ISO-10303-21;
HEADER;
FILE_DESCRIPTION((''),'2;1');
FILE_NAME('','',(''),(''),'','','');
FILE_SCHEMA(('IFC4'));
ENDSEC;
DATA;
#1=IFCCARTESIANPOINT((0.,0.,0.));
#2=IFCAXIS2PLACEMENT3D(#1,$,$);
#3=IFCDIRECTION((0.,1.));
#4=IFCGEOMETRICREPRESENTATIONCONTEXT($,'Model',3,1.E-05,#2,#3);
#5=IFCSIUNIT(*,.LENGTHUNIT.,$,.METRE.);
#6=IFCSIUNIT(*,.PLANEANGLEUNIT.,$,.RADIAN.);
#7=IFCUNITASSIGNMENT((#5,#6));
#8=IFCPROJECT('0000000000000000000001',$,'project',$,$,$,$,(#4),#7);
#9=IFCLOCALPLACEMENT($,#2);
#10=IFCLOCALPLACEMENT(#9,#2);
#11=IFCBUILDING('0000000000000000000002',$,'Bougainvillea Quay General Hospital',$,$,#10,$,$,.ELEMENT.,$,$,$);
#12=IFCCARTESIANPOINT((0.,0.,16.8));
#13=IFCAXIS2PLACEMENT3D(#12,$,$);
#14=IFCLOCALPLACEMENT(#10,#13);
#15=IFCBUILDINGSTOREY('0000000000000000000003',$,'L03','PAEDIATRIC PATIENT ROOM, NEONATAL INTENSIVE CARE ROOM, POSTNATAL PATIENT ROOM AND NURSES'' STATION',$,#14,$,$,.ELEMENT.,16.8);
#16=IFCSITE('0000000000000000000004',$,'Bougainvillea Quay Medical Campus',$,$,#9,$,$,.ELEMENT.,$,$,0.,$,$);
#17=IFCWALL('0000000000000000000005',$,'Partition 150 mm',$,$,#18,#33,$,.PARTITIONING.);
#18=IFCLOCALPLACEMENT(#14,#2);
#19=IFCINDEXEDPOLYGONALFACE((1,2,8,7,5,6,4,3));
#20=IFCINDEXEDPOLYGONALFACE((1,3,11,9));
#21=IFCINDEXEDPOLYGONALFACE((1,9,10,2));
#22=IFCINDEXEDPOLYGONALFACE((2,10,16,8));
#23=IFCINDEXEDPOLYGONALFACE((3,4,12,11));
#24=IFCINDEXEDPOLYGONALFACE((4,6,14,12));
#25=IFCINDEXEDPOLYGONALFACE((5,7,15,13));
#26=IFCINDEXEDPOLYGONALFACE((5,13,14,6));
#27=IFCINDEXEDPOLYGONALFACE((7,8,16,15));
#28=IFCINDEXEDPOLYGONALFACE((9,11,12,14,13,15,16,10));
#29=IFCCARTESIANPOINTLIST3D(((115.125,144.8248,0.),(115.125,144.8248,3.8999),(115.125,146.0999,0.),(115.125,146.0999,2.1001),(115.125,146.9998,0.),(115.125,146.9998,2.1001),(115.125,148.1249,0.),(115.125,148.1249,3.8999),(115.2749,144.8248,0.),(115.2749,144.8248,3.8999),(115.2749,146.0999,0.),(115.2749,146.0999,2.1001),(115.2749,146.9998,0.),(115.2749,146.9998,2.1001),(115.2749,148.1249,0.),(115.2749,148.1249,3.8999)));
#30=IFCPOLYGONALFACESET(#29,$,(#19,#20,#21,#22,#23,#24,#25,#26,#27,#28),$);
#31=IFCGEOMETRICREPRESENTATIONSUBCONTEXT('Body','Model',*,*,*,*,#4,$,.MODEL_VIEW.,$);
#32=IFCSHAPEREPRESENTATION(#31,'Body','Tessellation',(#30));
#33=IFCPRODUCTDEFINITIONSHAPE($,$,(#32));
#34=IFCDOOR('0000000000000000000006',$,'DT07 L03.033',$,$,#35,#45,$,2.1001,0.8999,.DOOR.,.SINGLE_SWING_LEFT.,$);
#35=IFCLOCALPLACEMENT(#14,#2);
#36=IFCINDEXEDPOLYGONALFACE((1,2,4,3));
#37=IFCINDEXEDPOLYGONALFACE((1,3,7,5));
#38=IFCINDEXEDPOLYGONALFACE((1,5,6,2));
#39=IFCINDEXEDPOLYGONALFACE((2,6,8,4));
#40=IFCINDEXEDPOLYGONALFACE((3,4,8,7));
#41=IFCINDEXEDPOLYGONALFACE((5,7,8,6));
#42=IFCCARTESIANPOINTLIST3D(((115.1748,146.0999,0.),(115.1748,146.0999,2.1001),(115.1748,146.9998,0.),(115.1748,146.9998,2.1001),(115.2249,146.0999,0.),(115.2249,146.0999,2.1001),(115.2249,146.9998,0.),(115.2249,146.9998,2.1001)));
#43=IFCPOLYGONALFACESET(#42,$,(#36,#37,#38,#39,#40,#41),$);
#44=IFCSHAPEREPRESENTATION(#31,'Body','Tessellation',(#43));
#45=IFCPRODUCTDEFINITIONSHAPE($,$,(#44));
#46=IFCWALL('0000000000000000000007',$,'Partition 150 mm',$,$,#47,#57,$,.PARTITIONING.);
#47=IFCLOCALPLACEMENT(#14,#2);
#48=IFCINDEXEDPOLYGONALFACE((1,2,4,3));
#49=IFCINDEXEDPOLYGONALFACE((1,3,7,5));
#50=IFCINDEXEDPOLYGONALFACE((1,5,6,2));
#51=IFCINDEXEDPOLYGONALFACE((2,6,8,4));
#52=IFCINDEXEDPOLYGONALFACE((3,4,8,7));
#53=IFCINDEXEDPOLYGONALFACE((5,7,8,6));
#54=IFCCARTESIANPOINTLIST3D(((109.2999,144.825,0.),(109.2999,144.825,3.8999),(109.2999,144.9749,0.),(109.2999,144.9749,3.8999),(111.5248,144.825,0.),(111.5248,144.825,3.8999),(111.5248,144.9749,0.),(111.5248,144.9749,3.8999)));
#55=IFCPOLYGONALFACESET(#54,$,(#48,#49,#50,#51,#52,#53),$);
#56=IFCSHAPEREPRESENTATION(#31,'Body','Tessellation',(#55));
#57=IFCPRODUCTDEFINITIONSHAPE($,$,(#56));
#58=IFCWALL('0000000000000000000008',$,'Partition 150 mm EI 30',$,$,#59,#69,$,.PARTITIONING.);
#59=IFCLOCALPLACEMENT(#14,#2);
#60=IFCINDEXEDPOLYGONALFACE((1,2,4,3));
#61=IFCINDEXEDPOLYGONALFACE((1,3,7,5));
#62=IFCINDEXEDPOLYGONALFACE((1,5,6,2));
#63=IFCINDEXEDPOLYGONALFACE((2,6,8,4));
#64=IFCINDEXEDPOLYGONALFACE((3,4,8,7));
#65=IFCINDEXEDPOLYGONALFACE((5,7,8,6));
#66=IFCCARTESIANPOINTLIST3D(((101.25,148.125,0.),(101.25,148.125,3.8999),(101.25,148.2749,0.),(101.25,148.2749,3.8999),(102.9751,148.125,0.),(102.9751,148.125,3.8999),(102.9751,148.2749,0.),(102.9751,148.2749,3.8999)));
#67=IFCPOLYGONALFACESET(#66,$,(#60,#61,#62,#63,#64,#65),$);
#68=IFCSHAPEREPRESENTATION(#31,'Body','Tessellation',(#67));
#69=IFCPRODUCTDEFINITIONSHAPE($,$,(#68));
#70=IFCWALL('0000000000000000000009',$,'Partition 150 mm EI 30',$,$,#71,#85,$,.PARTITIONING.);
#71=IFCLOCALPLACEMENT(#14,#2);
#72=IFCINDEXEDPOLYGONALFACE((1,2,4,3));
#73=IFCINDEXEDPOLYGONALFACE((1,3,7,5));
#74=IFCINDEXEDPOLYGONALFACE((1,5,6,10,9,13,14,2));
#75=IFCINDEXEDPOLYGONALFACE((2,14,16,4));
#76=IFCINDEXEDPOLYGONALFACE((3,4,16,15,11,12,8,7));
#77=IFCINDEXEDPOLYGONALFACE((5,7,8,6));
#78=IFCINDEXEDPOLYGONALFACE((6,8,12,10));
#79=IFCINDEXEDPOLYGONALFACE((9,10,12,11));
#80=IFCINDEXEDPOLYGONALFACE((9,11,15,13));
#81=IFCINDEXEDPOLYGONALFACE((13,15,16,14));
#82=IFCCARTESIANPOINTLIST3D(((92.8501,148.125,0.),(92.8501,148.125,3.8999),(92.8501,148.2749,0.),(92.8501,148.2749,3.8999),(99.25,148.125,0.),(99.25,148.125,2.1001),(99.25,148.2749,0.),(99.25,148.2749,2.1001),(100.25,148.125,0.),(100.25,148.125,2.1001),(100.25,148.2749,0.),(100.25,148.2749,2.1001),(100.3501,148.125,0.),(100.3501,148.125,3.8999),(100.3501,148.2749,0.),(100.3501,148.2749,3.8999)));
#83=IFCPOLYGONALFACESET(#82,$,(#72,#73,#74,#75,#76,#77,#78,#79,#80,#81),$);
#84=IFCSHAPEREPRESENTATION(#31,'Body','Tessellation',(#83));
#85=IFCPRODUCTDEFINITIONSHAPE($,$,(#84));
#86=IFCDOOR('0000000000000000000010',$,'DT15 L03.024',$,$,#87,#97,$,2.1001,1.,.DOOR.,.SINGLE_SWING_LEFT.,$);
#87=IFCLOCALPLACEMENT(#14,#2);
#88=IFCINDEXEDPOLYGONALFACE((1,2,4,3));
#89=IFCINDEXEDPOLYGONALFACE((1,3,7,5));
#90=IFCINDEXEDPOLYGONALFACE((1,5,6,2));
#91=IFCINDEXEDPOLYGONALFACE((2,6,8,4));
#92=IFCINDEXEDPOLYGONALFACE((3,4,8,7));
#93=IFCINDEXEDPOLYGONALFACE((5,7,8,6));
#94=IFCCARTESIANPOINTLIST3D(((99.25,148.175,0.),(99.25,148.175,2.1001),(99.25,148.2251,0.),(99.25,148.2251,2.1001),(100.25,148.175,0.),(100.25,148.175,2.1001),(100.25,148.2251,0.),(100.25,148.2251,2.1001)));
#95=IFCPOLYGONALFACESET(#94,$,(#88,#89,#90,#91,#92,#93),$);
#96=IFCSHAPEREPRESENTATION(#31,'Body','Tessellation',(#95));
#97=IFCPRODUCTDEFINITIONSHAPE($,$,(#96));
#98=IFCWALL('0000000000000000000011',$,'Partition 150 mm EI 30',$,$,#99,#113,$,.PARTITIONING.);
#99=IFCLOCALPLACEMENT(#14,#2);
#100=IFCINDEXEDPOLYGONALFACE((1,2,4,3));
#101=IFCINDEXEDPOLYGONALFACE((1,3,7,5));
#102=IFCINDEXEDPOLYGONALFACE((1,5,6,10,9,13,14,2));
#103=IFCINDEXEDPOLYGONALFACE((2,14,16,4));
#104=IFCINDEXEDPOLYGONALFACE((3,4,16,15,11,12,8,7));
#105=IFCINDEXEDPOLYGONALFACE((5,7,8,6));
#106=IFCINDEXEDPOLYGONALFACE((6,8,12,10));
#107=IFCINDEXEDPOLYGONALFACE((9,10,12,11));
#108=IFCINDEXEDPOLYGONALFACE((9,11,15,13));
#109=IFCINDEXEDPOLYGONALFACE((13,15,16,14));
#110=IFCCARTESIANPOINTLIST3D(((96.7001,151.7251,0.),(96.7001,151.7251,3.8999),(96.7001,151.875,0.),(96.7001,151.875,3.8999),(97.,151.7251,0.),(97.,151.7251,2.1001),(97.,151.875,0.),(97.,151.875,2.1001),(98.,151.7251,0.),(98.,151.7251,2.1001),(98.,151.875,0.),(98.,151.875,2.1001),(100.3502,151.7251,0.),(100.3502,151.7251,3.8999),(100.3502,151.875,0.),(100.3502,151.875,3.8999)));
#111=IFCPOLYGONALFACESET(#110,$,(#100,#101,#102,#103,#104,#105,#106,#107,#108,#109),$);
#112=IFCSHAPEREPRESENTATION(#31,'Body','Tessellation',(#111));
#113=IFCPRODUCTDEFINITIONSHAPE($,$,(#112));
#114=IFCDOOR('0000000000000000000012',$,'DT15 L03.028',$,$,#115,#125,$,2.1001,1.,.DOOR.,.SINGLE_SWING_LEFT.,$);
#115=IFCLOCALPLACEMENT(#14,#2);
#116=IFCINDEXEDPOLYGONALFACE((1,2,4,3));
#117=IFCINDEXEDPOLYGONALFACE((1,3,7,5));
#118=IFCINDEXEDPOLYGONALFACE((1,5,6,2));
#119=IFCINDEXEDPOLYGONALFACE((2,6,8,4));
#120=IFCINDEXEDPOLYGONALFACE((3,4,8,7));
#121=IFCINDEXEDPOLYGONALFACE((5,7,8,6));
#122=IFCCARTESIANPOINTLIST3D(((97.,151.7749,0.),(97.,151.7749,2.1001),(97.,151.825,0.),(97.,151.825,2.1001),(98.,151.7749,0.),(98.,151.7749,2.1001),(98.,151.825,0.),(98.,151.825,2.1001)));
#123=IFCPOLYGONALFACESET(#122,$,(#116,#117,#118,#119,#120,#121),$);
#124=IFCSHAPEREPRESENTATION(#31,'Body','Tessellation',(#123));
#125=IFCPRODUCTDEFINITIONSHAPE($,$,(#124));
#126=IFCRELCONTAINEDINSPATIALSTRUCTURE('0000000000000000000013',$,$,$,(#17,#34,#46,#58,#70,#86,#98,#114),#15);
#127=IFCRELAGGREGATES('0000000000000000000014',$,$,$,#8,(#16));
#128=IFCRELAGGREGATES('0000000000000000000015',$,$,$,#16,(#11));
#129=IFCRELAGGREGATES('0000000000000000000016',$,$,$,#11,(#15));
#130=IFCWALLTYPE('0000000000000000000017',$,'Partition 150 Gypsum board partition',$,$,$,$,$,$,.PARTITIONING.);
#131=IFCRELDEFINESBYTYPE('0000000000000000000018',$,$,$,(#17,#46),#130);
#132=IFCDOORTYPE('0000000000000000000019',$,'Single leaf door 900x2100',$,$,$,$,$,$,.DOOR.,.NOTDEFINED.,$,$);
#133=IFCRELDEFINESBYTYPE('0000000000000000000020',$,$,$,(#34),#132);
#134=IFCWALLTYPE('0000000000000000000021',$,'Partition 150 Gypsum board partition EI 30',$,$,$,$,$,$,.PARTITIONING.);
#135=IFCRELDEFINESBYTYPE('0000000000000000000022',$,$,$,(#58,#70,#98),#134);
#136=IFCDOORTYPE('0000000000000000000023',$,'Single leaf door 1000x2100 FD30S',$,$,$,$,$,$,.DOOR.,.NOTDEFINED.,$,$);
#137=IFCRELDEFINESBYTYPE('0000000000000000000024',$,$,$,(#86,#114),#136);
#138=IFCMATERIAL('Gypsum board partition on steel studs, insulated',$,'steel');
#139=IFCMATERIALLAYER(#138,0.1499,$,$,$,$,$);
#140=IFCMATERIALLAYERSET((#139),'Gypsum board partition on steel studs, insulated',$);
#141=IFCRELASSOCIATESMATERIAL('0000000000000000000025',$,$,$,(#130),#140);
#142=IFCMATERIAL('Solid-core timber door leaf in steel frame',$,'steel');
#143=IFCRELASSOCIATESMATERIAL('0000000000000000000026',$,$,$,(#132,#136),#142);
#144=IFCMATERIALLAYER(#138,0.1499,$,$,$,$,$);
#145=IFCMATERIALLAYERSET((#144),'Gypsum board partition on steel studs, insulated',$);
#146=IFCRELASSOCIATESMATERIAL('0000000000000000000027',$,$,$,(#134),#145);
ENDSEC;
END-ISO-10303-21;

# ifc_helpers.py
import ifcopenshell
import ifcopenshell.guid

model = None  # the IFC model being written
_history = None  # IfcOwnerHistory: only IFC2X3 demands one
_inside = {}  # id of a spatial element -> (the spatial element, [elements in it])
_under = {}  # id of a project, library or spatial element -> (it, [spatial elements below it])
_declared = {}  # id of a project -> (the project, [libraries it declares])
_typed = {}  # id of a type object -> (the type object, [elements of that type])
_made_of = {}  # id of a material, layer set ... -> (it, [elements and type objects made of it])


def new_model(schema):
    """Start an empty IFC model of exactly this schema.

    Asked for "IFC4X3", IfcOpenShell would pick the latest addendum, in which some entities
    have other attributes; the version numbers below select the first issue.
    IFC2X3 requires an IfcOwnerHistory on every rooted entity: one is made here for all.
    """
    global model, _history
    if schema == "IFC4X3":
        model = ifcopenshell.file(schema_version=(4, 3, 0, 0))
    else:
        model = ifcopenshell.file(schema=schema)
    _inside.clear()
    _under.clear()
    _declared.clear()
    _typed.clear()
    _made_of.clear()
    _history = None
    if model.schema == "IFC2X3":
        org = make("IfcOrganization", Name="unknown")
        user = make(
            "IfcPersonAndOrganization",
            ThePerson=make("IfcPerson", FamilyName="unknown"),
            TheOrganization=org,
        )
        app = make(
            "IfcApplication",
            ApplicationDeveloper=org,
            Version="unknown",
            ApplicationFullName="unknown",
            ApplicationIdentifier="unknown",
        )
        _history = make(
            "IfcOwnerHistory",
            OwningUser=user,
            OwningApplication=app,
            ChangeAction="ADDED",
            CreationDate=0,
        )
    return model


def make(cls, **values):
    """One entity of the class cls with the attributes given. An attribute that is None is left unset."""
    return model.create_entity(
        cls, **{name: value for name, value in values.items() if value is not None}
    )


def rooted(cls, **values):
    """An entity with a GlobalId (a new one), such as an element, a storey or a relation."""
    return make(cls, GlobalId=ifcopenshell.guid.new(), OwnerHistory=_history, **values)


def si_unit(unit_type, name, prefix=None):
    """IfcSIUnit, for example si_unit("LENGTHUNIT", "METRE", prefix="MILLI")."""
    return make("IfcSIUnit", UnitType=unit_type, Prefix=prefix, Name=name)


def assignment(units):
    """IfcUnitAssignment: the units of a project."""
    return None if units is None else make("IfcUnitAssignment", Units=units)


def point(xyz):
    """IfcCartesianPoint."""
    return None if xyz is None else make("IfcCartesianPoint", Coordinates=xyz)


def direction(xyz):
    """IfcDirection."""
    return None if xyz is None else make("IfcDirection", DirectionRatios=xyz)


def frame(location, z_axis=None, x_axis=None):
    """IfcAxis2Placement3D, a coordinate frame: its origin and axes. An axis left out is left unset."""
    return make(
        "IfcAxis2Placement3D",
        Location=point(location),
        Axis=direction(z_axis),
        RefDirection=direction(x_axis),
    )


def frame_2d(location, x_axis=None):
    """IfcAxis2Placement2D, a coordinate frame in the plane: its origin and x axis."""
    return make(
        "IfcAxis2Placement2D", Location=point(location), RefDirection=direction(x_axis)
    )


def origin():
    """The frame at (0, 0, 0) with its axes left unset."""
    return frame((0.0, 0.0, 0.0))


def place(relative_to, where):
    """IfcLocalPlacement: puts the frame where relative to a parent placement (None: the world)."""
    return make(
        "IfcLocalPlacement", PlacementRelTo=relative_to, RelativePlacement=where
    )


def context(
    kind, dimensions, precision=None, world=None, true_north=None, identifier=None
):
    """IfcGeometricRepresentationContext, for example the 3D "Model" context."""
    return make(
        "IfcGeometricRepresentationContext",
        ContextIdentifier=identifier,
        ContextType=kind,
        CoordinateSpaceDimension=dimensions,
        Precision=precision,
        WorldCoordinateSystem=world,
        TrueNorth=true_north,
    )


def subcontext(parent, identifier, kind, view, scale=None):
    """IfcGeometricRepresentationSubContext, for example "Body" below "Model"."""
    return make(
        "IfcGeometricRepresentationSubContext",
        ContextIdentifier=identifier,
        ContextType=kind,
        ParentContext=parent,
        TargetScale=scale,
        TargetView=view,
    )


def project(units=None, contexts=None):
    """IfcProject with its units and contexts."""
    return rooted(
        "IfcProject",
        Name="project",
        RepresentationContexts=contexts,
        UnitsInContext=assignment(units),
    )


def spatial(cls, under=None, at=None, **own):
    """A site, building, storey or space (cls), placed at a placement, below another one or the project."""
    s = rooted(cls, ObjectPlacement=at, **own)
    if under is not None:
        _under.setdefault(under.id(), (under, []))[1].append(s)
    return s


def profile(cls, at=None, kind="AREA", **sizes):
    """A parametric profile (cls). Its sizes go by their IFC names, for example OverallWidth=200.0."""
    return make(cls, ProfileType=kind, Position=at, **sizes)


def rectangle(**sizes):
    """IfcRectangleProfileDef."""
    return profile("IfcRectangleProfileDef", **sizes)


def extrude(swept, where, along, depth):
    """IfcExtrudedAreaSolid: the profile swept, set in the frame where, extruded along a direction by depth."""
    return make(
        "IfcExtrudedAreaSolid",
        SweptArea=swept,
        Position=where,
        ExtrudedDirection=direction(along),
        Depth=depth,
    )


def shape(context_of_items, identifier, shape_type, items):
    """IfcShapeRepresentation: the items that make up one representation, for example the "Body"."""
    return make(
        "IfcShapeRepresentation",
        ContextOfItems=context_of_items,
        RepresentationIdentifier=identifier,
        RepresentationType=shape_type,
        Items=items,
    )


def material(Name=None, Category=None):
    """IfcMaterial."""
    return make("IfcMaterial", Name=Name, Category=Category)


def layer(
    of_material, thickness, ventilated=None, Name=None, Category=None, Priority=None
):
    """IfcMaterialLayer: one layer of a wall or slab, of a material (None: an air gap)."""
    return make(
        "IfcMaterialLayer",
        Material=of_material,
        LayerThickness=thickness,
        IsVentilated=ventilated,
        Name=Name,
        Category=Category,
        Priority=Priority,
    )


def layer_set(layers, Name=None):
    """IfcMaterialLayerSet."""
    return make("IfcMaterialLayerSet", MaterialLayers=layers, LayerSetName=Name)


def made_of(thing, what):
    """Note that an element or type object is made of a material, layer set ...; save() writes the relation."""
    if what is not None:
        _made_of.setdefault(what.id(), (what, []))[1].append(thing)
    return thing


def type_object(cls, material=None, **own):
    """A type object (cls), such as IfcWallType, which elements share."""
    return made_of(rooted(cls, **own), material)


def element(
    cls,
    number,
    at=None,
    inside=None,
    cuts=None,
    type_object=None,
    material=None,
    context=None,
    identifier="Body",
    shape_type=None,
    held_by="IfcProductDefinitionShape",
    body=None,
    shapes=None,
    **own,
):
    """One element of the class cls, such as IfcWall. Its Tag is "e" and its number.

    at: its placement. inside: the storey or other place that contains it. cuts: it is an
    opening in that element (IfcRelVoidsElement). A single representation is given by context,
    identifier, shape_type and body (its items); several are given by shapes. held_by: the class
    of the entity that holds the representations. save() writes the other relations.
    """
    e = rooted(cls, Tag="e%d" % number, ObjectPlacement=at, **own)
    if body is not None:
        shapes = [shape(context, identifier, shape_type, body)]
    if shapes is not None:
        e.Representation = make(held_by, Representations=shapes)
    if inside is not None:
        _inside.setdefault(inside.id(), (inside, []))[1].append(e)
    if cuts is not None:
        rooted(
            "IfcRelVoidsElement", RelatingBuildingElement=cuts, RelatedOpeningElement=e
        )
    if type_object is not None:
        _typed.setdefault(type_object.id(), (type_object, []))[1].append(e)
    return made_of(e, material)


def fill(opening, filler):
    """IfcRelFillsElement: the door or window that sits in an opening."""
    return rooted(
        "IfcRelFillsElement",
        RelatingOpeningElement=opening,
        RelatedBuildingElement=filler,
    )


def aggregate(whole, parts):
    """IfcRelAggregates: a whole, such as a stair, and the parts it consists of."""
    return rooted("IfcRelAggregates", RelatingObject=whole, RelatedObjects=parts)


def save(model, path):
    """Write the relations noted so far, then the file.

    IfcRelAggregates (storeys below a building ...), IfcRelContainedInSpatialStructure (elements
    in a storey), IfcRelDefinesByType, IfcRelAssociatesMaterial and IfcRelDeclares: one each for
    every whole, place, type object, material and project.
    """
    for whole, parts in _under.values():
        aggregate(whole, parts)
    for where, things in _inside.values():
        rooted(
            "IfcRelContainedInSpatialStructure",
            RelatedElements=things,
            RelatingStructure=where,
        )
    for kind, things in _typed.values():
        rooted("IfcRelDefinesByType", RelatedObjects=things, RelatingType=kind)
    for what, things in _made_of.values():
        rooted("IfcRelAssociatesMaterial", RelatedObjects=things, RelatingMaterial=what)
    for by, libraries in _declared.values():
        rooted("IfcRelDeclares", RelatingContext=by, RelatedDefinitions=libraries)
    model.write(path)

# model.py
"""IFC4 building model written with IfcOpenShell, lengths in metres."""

from ifc_helpers import new_model, si_unit, direction, frame, frame_2d, origin, place, context, subcontext, project, spatial, rectangle, extrude, material, layer, layer_set, type_object, element, fill, save


model = new_model("IFC4")

# Units and contexts
model_context = context("Model", 3, precision=1e-05, world=origin(), true_north=direction((0.0, 1.0)))
body_context = subcontext(model_context, "Body", "Model", "MODEL_VIEW")
ifc_project = project(units=[si_unit("LENGTHUNIT", "METRE"), si_unit("PLANEANGLEUNIT", "RADIAN")], contexts=[model_context])

# Site, building, storey
site_placement = place(None, origin())
site = spatial("IfcSite", under=ifc_project, at=site_placement, Name="Bougainvillea Quay Medical Campus", CompositionType="ELEMENT", RefElevation=0.0)
building_placement = place(site_placement, origin())
building = spatial("IfcBuilding", under=site, at=building_placement, Name="Bougainvillea Quay General Hospital", CompositionType="ELEMENT")
storey_placement = place(building_placement, frame((0.0, 0.0, 16.8)))
storey = spatial("IfcBuildingStorey", under=building, at=storey_placement, Name="L03", Description="PAEDIATRIC PATIENT ROOM, NEONATAL INTENSIVE CARE ROOM, POSTNATAL PATIENT ROOM AND NURSES' STATION", CompositionType="ELEMENT", Elevation=16.8)

# Shared definitions
ifc_material_1 = material(Name="Gypsum board partition on steel studs, insulated", Category="steel")
ifc_layer_1 = layer(ifc_material_1, 0.1499)
ifc_layer_set_1 = layer_set([ifc_layer_1], Name="Gypsum board partition on steel studs, insulated")
wall_type_1 = type_object("IfcWallType", Name="Partition 150 Gypsum board partition", PredefinedType="PARTITIONING", material=ifc_layer_set_1)

# Wall, opening, door
ifc_material_2 = material(Name="Solid-core timber door leaf in steel frame", Category="steel")
door_type_1 = type_object("IfcDoorType", Name="Single leaf door 900x2100", OperationType="NOTDEFINED", PredefinedType="DOOR", material=ifc_material_2)
wall_1_placement = place(storey_placement, frame((115.2, 144.825, 0.0), z_axis=(0.0, 0.0, 1.0), x_axis=(0.0, 1.0, 0.0)))
wall_1 = element("IfcWall", 1, at=wall_1_placement, inside=storey, type_object=wall_type_1, Name="Partition 150 mm", PredefinedType="PARTITIONING", context=body_context, shape_type="SweptSolid", body=[
    extrude(rectangle(XDim=3.3, YDim=0.1499, at=frame_2d((1.6499, 0.0))), origin(), (0.0, 0.0, 1.0), 3.8999),
])
opening_1_placement = place(wall_1_placement, frame((1.2749, 0.0, 0.0)))
opening_1 = element("IfcOpeningElement", 2, at=opening_1_placement, cuts=wall_1, PredefinedType="OPENING", context=body_context, shape_type="SweptSolid", body=[
    extrude(rectangle(XDim=0.8999, YDim=2.1001, at=frame_2d((0.45, 1.05))), frame((0.0, 0.085, 0.0), z_axis=(0.0, -1.0, 0.0), x_axis=(1.0, 0.0, 0.0)), (0.0, 0.0, 1.0), 0.1699),
])
door_1_placement = place(opening_1_placement, frame((0.8999, 0.0, 0.0), z_axis=(0.0, 0.0, 1.0), x_axis=(-1.0, 0.0, 0.0)))
door_1 = element("IfcDoor", 3, at=door_1_placement, inside=storey, type_object=door_type_1, Name="DT07 L03.033", OperationType="SINGLE_SWING_LEFT", OverallHeight=2.1001, OverallWidth=0.8999, PredefinedType="DOOR", context=body_context, shape_type="SweptSolid", body=[
    extrude(rectangle(XDim=0.8999, YDim=2.1001, at=frame_2d((0.45, 1.05))), frame((0.0, 0.0249, 0.0), z_axis=(0.0, -1.0, 0.0), x_axis=(1.0, 0.0, 0.0)), (0.0, 0.0, 1.0), 0.05),
])
fill(opening_1, door_1)

# Walls
wall_2_placement = place(storey_placement, frame((109.3, 144.8999, 0.0), z_axis=(0.0, 0.0, 1.0), x_axis=(1.0, 0.0, 0.0)))
element("IfcWall", 4, at=wall_2_placement, inside=storey, type_object=wall_type_1, Name="Partition 150 mm", PredefinedType="PARTITIONING", context=body_context, shape_type="SweptSolid", body=[
    extrude(rectangle(XDim=2.2249, YDim=0.1499, at=frame_2d((1.1123, 0.0))), origin(), (0.0, 0.0, 1.0), 3.8999),
])
ifc_layer_2 = layer(ifc_material_1, 0.1499)
ifc_layer_set_2 = layer_set([ifc_layer_2], Name="Gypsum board partition on steel studs, insulated")
wall_type_2 = type_object("IfcWallType", Name="Partition 150 Gypsum board partition EI 30", PredefinedType="PARTITIONING", material=ifc_layer_set_2)
wall_3_placement = place(storey_placement, frame((102.9751, 148.2, 0.0), z_axis=(0.0, 0.0, 1.0), x_axis=(-1.0, 0.0, 0.0)))
element("IfcWall", 5, at=wall_3_placement, inside=storey, type_object=wall_type_2, Name="Partition 150 mm EI 30", PredefinedType="PARTITIONING", context=body_context, shape_type="SweptSolid", body=[
    extrude(rectangle(XDim=1.7251, YDim=0.1499, at=frame_2d((0.8625, 0.0))), origin(), (0.0, 0.0, 1.0), 3.8999),
])

# Walls, openings, doors
wall_4_placement = place(storey_placement, frame((100.3501, 148.2, 0.0), z_axis=(0.0, 0.0, 1.0), x_axis=(-1.0, 0.0, 0.0)))
wall_4 = element("IfcWall", 6, at=wall_4_placement, inside=storey, type_object=wall_type_2, Name="Partition 150 mm EI 30", PredefinedType="PARTITIONING", context=body_context, shape_type="SweptSolid", body=[
    extrude(rectangle(XDim=7.5, YDim=0.1499, at=frame_2d((3.75, 0.0))), origin(), (0.0, 0.0, 1.0), 3.8999),
])
opening_2_placement = place(wall_4_placement, frame((0.1001, 0.0, 0.0)))
opening_2 = element("IfcOpeningElement", 7, at=opening_2_placement, cuts=wall_4, PredefinedType="OPENING", context=body_context, shape_type="SweptSolid", body=[
    extrude(rectangle(XDim=1.0, YDim=2.1001, at=frame_2d((0.5, 1.05))), frame((0.0, 0.085, 0.0), z_axis=(0.0, -1.0, 0.0), x_axis=(1.0, 0.0, 0.0)), (0.0, 0.0, 1.0), 0.1699),
])
door_type_2 = type_object("IfcDoorType", Name="Single leaf door 1000x2100 FD30S", OperationType="NOTDEFINED", PredefinedType="DOOR", material=ifc_material_2)
door_2_placement = place(opening_2_placement, origin())
door_2 = element("IfcDoor", 8, at=door_2_placement, inside=storey, type_object=door_type_2, Name="DT15 L03.024", OperationType="SINGLE_SWING_LEFT", OverallHeight=2.1001, OverallWidth=1.0, PredefinedType="DOOR", context=body_context, shape_type="SweptSolid", body=[
    extrude(rectangle(XDim=1.0, YDim=2.1001, at=frame_2d((0.5, 1.05))), frame((0.0, 0.0249, 0.0), z_axis=(0.0, -1.0, 0.0), x_axis=(1.0, 0.0, 0.0)), (0.0, 0.0, 1.0), 0.05),
])
fill(opening_2, door_2)
wall_5_placement = place(storey_placement, frame((96.7, 151.8, 0.0), z_axis=(0.0, 0.0, 1.0), x_axis=(1.0, 0.0, 0.0)))
wall_5 = element("IfcWall", 9, at=wall_5_placement, inside=storey, type_object=wall_type_2, Name="Partition 150 mm EI 30", PredefinedType="PARTITIONING", context=body_context, shape_type="SweptSolid", body=[
    extrude(rectangle(XDim=3.6501, YDim=0.1499, at=frame_2d((1.8252, 0.0))), origin(), (0.0, 0.0, 1.0), 3.8999),
])
opening_3_placement = place(wall_5_placement, frame((0.3, 0.0, 0.0)))
opening_3 = element("IfcOpeningElement", 10, at=opening_3_placement, cuts=wall_5, PredefinedType="OPENING", context=body_context, shape_type="SweptSolid", body=[
    extrude(rectangle(XDim=1.0, YDim=2.1001, at=frame_2d((0.5, 1.05))), frame((0.0, 0.085, 0.0), z_axis=(0.0, -1.0, 0.0), x_axis=(1.0, 0.0, 0.0)), (0.0, 0.0, 1.0), 0.1699),
])
door_3_placement = place(opening_3_placement, origin())
door_3 = element("IfcDoor", 11, at=door_3_placement, inside=storey, type_object=door_type_2, Name="DT15 L03.028", OperationType="SINGLE_SWING_LEFT", OverallHeight=2.1001, OverallWidth=1.0, PredefinedType="DOOR", context=body_context, shape_type="SweptSolid", body=[
    extrude(rectangle(XDim=1.0, YDim=2.1001, at=frame_2d((0.5, 1.05))), frame((0.0, 0.0249, 0.0), z_axis=(0.0, -1.0, 0.0), x_axis=(1.0, 0.0, 0.0)), (0.0, 0.0, 1.0), 0.05),
])
fill(opening_3, door_3)

save(model, "model.ifc")
